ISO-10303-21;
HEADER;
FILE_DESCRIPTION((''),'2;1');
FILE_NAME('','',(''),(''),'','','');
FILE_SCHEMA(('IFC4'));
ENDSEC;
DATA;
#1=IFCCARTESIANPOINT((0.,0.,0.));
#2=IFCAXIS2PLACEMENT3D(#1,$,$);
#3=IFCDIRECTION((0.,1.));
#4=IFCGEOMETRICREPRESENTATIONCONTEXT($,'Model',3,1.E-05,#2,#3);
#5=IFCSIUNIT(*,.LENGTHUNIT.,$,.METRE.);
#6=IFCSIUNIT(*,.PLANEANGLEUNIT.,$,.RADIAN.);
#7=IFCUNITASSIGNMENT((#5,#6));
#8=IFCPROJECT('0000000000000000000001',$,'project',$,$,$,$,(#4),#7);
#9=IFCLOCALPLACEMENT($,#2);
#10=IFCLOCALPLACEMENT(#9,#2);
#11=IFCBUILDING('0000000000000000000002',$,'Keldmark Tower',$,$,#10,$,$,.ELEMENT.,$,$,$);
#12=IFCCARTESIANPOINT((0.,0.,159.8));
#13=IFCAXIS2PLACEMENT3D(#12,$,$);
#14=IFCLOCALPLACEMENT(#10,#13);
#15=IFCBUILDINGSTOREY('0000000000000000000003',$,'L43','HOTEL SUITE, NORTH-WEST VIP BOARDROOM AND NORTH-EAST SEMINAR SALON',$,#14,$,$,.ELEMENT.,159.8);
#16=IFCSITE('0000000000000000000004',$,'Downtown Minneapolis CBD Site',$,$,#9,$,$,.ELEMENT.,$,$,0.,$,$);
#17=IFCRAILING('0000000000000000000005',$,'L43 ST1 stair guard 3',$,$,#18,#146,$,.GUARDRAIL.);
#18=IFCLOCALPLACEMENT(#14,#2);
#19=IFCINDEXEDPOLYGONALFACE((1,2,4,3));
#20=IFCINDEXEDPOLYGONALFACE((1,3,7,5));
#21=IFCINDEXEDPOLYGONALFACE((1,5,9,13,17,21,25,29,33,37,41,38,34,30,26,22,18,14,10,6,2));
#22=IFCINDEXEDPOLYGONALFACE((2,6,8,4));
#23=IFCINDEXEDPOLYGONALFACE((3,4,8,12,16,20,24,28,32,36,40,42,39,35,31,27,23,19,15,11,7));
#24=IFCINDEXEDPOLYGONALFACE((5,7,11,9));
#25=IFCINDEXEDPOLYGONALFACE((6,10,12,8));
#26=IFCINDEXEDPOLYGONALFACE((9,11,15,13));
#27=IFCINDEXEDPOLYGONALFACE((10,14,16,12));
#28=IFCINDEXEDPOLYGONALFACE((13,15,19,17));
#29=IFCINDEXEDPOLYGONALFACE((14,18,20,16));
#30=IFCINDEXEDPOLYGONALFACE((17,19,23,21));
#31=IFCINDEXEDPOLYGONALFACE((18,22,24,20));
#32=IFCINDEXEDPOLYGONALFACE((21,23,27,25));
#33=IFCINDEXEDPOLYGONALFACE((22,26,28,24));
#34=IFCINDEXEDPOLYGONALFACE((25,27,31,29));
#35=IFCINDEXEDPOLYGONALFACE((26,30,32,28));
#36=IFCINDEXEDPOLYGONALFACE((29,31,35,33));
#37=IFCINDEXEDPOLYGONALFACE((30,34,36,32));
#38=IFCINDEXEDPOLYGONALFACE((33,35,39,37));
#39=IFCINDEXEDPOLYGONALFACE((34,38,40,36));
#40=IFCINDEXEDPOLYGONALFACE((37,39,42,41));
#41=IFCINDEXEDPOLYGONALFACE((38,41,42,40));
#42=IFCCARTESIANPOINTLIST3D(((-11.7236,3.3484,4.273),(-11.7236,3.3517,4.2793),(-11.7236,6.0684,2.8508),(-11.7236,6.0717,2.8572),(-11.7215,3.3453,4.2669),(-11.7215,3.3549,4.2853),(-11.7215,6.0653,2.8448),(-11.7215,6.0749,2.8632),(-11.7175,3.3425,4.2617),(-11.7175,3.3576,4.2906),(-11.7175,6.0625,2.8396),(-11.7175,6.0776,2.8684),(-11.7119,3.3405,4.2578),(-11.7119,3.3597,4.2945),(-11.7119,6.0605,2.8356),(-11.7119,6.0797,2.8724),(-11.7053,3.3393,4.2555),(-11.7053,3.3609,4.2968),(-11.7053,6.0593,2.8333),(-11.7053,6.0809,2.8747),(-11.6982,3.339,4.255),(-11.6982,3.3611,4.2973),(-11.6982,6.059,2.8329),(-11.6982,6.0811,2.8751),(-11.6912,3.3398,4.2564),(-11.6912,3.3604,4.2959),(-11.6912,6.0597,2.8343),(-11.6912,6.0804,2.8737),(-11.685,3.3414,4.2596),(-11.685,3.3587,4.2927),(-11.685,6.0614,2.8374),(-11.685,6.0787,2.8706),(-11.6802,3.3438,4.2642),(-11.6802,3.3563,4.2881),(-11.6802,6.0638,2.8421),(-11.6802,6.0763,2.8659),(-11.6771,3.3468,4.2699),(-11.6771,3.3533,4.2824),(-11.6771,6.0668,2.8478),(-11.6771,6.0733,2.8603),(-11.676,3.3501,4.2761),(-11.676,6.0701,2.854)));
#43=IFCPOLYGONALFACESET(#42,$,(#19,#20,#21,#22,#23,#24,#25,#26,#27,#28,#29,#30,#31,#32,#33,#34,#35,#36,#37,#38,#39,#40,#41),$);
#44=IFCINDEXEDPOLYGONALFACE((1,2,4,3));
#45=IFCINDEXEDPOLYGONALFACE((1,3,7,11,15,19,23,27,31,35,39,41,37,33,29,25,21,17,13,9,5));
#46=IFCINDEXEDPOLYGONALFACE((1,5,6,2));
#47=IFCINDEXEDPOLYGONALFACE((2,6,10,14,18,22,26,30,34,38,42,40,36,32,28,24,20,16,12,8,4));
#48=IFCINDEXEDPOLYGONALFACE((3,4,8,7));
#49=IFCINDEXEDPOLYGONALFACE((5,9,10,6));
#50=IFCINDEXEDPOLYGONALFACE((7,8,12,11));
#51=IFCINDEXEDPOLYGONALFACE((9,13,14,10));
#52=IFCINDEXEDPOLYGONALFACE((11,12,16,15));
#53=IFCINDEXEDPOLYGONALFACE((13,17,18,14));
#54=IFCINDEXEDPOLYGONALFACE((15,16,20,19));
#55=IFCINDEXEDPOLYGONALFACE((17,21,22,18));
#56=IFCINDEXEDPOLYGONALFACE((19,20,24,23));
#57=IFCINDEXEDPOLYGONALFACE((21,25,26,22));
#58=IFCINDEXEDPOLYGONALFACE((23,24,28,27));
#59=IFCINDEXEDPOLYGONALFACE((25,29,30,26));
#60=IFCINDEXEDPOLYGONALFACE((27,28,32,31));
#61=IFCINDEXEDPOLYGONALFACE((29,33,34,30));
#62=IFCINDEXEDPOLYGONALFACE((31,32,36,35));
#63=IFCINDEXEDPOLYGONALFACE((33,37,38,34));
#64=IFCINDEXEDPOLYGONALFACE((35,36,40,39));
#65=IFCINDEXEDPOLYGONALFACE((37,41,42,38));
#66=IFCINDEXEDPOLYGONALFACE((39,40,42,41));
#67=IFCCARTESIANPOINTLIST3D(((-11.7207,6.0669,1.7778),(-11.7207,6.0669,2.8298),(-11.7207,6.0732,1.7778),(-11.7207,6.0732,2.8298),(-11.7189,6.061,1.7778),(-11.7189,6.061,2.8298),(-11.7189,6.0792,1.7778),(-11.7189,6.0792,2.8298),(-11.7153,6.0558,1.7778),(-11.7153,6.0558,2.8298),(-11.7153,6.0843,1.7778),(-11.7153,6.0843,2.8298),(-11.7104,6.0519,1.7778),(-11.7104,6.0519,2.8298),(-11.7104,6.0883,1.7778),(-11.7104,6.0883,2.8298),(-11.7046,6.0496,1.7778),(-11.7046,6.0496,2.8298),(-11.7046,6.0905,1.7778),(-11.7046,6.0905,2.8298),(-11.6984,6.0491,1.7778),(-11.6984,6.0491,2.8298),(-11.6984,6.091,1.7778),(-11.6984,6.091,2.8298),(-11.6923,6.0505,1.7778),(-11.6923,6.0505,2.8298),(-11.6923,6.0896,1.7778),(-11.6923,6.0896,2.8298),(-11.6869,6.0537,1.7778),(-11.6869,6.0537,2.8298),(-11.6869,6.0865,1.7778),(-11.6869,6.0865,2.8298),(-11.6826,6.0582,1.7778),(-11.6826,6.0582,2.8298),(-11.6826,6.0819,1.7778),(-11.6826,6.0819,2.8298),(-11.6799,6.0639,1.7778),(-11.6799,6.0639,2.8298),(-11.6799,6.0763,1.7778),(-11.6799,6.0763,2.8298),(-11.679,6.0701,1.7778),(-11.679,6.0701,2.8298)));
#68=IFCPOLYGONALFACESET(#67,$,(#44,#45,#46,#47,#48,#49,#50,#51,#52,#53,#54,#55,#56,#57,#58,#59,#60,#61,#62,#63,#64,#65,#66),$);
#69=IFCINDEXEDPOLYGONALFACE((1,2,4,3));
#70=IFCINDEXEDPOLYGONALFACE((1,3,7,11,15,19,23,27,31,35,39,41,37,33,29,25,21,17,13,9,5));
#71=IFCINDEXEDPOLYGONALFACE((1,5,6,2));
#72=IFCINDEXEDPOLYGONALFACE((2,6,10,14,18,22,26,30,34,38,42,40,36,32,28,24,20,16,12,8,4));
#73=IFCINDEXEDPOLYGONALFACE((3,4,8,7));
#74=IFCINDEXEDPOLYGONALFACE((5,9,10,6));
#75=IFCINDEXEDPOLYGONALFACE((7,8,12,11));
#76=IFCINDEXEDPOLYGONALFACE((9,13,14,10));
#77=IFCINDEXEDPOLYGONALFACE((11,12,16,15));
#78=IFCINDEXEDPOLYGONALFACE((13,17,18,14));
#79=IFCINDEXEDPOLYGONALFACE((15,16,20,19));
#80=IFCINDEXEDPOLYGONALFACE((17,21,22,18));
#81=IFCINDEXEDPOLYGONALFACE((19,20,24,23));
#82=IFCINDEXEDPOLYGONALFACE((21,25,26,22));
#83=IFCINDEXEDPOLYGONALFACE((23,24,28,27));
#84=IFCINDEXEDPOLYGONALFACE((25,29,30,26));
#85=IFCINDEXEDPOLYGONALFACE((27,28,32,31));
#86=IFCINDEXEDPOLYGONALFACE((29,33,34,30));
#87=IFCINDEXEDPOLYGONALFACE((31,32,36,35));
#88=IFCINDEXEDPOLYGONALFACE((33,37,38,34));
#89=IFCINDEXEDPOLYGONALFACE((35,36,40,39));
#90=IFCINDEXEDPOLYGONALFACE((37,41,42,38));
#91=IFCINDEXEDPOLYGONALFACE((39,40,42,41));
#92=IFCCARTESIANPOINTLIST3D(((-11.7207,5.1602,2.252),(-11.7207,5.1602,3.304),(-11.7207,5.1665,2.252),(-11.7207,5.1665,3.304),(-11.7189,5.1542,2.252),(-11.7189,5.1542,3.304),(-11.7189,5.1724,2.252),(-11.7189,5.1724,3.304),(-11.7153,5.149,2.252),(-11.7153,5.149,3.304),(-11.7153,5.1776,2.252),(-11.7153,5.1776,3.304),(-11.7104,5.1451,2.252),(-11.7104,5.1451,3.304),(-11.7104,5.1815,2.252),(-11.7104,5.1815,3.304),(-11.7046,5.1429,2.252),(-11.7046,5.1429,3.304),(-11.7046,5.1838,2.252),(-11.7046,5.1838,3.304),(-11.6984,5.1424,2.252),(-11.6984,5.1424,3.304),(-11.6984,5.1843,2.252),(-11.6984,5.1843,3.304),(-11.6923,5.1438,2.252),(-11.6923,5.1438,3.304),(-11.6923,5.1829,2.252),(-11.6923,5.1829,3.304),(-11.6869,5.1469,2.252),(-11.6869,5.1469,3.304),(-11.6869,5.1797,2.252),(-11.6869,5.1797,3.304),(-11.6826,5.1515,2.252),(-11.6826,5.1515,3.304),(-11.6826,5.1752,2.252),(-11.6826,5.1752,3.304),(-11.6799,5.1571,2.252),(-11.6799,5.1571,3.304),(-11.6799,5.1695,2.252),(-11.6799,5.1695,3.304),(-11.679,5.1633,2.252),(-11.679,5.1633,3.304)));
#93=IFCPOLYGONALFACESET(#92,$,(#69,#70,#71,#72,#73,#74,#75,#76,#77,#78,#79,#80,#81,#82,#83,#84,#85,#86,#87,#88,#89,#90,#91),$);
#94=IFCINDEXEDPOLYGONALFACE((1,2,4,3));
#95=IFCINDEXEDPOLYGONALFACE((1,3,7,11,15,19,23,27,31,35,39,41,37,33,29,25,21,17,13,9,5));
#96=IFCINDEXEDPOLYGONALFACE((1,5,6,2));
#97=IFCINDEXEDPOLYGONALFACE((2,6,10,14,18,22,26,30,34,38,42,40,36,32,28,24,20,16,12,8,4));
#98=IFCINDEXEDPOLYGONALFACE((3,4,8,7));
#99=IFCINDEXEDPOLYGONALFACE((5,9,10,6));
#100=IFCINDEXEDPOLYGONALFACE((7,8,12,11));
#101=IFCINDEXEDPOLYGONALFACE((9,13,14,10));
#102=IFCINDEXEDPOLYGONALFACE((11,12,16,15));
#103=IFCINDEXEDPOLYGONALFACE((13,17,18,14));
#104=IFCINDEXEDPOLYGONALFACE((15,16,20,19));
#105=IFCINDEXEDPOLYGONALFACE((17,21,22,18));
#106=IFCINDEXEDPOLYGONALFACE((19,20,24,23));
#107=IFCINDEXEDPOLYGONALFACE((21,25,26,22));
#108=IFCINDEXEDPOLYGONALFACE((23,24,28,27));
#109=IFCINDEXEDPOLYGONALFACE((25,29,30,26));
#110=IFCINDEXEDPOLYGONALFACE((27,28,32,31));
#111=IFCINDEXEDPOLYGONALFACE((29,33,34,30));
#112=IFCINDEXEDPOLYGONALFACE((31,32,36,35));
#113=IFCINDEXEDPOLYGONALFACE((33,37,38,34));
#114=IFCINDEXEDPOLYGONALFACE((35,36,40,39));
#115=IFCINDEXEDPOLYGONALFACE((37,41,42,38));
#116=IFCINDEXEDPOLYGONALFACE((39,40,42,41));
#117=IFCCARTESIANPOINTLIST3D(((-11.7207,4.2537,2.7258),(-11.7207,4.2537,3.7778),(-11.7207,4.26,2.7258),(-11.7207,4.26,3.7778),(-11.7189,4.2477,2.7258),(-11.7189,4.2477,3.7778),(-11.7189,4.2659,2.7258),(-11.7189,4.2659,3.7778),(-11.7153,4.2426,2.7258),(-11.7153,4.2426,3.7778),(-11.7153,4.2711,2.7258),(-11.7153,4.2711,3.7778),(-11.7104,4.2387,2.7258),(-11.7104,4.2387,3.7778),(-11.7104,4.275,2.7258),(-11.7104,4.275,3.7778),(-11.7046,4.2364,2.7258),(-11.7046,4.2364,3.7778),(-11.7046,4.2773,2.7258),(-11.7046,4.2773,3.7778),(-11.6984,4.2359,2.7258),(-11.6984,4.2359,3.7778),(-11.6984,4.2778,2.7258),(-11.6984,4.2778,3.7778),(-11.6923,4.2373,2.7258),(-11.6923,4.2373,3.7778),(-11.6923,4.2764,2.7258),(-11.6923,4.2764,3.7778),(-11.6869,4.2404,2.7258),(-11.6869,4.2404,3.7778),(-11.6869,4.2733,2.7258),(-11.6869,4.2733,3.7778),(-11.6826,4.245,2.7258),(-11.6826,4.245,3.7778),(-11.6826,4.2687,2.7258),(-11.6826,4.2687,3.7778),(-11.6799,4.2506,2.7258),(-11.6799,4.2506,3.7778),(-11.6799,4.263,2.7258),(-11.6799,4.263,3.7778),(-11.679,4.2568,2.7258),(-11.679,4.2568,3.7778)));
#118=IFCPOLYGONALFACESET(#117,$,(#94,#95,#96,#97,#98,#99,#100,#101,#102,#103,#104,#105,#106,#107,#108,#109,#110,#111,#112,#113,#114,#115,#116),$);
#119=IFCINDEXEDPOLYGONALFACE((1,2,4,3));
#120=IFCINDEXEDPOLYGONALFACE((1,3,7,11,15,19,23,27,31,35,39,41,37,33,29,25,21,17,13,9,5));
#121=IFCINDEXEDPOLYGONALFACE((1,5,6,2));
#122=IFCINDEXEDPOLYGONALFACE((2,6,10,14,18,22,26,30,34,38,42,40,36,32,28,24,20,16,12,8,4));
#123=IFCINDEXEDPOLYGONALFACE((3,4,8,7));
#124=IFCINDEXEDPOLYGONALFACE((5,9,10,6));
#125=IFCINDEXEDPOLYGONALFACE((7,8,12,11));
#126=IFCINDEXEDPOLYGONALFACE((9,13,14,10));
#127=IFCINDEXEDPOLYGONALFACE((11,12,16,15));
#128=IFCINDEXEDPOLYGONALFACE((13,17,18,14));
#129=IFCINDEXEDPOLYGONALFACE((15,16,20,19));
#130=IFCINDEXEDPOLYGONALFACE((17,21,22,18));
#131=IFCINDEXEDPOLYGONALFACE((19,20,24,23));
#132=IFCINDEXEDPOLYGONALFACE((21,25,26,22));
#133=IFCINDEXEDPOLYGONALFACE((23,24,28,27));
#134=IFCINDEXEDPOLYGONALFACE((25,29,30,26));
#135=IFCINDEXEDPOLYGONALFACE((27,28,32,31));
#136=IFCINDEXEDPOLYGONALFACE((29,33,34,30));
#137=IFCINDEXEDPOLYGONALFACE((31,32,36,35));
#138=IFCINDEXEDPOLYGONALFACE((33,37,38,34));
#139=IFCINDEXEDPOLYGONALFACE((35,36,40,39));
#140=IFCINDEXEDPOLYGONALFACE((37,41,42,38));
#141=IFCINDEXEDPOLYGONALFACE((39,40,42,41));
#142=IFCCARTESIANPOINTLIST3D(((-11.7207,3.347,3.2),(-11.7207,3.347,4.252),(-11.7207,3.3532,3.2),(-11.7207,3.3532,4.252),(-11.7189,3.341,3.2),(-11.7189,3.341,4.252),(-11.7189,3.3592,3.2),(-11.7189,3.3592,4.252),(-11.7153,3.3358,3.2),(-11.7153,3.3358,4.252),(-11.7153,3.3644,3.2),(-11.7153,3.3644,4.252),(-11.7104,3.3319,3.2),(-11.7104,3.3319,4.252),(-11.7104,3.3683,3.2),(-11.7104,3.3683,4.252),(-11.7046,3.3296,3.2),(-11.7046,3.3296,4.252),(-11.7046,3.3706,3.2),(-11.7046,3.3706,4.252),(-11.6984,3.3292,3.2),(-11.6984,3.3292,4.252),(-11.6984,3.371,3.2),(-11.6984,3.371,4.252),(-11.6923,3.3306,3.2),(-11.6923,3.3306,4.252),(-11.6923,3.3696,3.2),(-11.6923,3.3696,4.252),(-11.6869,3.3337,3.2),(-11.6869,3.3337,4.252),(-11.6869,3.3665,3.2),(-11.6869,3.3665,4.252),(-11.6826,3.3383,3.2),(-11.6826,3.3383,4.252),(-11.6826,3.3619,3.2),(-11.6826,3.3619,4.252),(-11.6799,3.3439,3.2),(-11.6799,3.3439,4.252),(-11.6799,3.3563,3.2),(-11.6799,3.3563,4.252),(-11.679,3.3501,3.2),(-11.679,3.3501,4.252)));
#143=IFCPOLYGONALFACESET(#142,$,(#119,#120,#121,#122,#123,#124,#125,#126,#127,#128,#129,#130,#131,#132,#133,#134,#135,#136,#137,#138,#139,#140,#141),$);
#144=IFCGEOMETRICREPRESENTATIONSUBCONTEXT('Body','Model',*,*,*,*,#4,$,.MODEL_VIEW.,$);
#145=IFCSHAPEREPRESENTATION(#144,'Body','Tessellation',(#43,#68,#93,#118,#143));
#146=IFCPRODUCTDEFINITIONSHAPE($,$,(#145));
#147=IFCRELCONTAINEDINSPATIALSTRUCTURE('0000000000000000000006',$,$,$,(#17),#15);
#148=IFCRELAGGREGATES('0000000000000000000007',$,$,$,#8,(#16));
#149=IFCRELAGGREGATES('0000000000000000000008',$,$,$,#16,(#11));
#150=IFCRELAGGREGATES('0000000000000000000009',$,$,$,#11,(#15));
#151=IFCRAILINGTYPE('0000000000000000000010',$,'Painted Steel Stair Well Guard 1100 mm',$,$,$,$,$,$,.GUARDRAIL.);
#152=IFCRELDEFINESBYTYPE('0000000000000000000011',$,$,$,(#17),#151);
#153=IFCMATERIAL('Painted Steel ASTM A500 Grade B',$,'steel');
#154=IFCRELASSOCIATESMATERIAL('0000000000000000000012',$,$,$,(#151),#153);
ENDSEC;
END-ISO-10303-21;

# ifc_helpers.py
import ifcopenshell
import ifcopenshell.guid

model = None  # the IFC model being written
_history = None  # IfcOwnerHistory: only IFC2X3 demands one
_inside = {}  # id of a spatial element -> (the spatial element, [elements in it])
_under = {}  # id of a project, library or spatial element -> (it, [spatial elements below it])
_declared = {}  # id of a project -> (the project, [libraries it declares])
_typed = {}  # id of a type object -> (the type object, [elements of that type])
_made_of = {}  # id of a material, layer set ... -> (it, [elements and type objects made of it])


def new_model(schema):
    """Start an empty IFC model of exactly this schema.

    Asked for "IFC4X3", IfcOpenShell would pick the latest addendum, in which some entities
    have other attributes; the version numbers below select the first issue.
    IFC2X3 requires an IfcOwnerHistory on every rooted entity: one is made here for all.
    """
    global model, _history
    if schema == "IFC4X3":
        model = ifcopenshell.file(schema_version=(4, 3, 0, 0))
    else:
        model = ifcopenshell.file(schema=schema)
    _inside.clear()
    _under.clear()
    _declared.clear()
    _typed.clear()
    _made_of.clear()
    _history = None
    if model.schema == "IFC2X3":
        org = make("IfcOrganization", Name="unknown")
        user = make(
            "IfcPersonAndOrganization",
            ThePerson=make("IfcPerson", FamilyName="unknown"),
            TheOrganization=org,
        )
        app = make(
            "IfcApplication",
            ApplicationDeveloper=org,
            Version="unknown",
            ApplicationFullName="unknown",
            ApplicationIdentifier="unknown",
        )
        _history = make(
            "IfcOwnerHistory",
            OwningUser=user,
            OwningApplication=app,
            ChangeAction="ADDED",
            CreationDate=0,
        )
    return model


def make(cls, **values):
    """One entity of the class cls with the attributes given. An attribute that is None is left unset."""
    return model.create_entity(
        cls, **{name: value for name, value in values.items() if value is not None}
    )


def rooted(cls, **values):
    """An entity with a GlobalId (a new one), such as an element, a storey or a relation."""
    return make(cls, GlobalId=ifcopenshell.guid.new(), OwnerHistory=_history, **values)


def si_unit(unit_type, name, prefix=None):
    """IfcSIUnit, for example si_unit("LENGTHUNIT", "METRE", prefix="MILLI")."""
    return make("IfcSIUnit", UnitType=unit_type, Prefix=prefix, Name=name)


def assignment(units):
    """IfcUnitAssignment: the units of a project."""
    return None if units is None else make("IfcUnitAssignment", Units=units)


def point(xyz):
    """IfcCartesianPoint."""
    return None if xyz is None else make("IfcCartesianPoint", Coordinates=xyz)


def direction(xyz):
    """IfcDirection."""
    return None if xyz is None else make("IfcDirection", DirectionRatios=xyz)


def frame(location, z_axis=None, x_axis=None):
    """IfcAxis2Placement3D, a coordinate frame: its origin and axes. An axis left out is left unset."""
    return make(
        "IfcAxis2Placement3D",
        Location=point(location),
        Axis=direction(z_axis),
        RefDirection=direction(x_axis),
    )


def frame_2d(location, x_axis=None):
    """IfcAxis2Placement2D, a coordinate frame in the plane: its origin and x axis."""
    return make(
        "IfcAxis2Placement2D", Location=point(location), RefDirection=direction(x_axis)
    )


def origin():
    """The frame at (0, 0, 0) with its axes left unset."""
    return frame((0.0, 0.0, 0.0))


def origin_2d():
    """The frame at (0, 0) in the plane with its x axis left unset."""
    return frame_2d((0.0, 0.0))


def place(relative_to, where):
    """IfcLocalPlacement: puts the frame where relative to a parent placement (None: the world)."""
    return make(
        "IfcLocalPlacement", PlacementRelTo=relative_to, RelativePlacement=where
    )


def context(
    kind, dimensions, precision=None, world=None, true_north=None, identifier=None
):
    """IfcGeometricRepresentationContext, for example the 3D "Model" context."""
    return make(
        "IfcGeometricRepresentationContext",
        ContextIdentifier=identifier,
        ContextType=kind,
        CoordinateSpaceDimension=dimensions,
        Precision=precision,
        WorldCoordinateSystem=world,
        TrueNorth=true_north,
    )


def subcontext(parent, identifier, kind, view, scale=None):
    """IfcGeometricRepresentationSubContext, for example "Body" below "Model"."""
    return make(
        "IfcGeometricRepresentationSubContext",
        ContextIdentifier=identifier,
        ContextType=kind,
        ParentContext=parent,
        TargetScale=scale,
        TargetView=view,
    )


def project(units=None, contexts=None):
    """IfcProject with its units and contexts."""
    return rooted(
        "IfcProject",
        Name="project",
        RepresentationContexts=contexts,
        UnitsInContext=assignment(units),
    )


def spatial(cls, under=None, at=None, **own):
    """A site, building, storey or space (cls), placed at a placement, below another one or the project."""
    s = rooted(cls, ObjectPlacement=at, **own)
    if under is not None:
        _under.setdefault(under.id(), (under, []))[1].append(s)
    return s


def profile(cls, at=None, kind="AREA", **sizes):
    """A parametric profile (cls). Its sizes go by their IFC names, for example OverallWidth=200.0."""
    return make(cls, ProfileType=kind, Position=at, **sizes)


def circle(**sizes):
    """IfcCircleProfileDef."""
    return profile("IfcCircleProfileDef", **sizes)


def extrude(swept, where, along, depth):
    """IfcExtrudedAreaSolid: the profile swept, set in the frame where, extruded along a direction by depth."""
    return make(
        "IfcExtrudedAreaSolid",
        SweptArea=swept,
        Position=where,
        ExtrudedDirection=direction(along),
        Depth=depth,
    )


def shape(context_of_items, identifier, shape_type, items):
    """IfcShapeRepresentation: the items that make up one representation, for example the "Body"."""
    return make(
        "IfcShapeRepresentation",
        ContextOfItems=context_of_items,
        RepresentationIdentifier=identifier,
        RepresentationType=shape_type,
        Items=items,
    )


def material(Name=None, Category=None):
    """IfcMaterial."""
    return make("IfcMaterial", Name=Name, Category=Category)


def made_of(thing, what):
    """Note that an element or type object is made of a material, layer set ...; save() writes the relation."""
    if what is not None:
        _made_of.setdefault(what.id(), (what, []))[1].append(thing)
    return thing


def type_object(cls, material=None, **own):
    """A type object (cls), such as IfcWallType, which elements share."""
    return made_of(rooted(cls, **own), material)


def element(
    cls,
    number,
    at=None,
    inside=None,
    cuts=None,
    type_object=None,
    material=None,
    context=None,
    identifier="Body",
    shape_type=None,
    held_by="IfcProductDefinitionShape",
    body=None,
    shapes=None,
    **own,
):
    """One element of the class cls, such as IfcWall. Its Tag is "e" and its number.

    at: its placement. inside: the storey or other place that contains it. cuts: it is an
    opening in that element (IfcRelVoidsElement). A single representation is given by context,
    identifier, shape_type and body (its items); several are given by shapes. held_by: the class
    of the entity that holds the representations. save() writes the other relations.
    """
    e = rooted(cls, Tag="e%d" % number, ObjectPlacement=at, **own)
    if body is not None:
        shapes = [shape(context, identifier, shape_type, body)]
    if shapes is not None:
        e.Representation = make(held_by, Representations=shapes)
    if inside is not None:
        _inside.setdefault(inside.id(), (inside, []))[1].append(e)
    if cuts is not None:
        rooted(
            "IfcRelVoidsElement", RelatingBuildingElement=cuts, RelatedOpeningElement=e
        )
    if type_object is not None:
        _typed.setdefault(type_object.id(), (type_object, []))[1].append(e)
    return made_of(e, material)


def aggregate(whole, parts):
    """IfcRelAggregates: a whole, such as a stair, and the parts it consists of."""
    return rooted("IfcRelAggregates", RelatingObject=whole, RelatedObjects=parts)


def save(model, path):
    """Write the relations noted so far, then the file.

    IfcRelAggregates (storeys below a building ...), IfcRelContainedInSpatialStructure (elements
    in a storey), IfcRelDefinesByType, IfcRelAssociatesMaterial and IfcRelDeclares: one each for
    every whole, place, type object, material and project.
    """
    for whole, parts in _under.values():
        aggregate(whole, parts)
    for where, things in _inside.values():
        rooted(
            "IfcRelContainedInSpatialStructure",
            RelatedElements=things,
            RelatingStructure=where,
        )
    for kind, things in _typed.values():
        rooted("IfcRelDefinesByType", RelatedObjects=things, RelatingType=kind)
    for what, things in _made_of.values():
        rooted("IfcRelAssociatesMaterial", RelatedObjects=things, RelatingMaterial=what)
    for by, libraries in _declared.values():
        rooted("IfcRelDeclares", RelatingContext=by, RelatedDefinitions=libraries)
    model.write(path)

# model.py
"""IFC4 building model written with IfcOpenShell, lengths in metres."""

from ifc_helpers import new_model, si_unit, direction, frame, origin, origin_2d, place, context, subcontext, project, spatial, circle, extrude, material, type_object, element, save


model = new_model("IFC4")

# Units and contexts
model_context = context("Model", 3, precision=1e-05, world=origin(), true_north=direction((0.0, 1.0)))
body_context = subcontext(model_context, "Body", "Model", "MODEL_VIEW")
ifc_project = project(units=[si_unit("LENGTHUNIT", "METRE"), si_unit("PLANEANGLEUNIT", "RADIAN")], contexts=[model_context])

# Site, building, storey
site_placement = place(None, origin())
site = spatial("IfcSite", under=ifc_project, at=site_placement, Name="Downtown Minneapolis CBD Site", CompositionType="ELEMENT", RefElevation=0.0)
building_placement = place(site_placement, origin())
building = spatial("IfcBuilding", under=site, at=building_placement, Name="Keldmark Tower", CompositionType="ELEMENT")
storey_placement = place(building_placement, frame((0.0, 0.0, 159.8)))
storey = spatial("IfcBuildingStorey", under=building, at=storey_placement, Name="L43", Description="HOTEL SUITE, NORTH-WEST VIP BOARDROOM AND NORTH-EAST SEMINAR SALON", CompositionType="ELEMENT", Elevation=159.8)

# Railing
ifc_material_1 = material(Name="Painted Steel ASTM A500 Grade B", Category="steel")
railing_type_1 = type_object("IfcRailingType", Name="Painted Steel Stair Well Guard 1100 mm", PredefinedType="GUARDRAIL", material=ifc_material_1)
railing_1_placement = place(storey_placement, frame((-11.7, 6.0701, 1.7778)))
element("IfcRailing", 1, at=railing_1_placement, inside=storey, type_object=railing_type_1, Name="L43 ST1 stair guard 3", PredefinedType="GUARDRAIL", context=body_context, shape_type="SweptSolid", body=[
    extrude(circle(Radius=0.0239, at=origin_2d()), frame((0.0, 0.0, 1.0762), z_axis=(0.0, -0.886183, 0.463335), x_axis=(1.0, 0.0, 0.0)), (0.0, 0.0, 1.0), 3.0693),
    extrude(circle(Radius=0.021, at=origin_2d()), origin(), (0.0, 0.0, 1.0), 1.052),
    extrude(circle(Radius=0.021, at=origin_2d()), frame((0.0, -0.9067, 0.4741)), (0.0, 0.0, 1.0), 1.052),
    extrude(circle(Radius=0.021, at=origin_2d()), frame((0.0, -1.8132, 0.948)), (0.0, 0.0, 1.0), 1.052),
    extrude(circle(Radius=0.021, at=origin_2d()), frame((0.0, -2.72, 1.4221)), (0.0, 0.0, 1.0), 1.052),
])

save(model, "model.ifc")
